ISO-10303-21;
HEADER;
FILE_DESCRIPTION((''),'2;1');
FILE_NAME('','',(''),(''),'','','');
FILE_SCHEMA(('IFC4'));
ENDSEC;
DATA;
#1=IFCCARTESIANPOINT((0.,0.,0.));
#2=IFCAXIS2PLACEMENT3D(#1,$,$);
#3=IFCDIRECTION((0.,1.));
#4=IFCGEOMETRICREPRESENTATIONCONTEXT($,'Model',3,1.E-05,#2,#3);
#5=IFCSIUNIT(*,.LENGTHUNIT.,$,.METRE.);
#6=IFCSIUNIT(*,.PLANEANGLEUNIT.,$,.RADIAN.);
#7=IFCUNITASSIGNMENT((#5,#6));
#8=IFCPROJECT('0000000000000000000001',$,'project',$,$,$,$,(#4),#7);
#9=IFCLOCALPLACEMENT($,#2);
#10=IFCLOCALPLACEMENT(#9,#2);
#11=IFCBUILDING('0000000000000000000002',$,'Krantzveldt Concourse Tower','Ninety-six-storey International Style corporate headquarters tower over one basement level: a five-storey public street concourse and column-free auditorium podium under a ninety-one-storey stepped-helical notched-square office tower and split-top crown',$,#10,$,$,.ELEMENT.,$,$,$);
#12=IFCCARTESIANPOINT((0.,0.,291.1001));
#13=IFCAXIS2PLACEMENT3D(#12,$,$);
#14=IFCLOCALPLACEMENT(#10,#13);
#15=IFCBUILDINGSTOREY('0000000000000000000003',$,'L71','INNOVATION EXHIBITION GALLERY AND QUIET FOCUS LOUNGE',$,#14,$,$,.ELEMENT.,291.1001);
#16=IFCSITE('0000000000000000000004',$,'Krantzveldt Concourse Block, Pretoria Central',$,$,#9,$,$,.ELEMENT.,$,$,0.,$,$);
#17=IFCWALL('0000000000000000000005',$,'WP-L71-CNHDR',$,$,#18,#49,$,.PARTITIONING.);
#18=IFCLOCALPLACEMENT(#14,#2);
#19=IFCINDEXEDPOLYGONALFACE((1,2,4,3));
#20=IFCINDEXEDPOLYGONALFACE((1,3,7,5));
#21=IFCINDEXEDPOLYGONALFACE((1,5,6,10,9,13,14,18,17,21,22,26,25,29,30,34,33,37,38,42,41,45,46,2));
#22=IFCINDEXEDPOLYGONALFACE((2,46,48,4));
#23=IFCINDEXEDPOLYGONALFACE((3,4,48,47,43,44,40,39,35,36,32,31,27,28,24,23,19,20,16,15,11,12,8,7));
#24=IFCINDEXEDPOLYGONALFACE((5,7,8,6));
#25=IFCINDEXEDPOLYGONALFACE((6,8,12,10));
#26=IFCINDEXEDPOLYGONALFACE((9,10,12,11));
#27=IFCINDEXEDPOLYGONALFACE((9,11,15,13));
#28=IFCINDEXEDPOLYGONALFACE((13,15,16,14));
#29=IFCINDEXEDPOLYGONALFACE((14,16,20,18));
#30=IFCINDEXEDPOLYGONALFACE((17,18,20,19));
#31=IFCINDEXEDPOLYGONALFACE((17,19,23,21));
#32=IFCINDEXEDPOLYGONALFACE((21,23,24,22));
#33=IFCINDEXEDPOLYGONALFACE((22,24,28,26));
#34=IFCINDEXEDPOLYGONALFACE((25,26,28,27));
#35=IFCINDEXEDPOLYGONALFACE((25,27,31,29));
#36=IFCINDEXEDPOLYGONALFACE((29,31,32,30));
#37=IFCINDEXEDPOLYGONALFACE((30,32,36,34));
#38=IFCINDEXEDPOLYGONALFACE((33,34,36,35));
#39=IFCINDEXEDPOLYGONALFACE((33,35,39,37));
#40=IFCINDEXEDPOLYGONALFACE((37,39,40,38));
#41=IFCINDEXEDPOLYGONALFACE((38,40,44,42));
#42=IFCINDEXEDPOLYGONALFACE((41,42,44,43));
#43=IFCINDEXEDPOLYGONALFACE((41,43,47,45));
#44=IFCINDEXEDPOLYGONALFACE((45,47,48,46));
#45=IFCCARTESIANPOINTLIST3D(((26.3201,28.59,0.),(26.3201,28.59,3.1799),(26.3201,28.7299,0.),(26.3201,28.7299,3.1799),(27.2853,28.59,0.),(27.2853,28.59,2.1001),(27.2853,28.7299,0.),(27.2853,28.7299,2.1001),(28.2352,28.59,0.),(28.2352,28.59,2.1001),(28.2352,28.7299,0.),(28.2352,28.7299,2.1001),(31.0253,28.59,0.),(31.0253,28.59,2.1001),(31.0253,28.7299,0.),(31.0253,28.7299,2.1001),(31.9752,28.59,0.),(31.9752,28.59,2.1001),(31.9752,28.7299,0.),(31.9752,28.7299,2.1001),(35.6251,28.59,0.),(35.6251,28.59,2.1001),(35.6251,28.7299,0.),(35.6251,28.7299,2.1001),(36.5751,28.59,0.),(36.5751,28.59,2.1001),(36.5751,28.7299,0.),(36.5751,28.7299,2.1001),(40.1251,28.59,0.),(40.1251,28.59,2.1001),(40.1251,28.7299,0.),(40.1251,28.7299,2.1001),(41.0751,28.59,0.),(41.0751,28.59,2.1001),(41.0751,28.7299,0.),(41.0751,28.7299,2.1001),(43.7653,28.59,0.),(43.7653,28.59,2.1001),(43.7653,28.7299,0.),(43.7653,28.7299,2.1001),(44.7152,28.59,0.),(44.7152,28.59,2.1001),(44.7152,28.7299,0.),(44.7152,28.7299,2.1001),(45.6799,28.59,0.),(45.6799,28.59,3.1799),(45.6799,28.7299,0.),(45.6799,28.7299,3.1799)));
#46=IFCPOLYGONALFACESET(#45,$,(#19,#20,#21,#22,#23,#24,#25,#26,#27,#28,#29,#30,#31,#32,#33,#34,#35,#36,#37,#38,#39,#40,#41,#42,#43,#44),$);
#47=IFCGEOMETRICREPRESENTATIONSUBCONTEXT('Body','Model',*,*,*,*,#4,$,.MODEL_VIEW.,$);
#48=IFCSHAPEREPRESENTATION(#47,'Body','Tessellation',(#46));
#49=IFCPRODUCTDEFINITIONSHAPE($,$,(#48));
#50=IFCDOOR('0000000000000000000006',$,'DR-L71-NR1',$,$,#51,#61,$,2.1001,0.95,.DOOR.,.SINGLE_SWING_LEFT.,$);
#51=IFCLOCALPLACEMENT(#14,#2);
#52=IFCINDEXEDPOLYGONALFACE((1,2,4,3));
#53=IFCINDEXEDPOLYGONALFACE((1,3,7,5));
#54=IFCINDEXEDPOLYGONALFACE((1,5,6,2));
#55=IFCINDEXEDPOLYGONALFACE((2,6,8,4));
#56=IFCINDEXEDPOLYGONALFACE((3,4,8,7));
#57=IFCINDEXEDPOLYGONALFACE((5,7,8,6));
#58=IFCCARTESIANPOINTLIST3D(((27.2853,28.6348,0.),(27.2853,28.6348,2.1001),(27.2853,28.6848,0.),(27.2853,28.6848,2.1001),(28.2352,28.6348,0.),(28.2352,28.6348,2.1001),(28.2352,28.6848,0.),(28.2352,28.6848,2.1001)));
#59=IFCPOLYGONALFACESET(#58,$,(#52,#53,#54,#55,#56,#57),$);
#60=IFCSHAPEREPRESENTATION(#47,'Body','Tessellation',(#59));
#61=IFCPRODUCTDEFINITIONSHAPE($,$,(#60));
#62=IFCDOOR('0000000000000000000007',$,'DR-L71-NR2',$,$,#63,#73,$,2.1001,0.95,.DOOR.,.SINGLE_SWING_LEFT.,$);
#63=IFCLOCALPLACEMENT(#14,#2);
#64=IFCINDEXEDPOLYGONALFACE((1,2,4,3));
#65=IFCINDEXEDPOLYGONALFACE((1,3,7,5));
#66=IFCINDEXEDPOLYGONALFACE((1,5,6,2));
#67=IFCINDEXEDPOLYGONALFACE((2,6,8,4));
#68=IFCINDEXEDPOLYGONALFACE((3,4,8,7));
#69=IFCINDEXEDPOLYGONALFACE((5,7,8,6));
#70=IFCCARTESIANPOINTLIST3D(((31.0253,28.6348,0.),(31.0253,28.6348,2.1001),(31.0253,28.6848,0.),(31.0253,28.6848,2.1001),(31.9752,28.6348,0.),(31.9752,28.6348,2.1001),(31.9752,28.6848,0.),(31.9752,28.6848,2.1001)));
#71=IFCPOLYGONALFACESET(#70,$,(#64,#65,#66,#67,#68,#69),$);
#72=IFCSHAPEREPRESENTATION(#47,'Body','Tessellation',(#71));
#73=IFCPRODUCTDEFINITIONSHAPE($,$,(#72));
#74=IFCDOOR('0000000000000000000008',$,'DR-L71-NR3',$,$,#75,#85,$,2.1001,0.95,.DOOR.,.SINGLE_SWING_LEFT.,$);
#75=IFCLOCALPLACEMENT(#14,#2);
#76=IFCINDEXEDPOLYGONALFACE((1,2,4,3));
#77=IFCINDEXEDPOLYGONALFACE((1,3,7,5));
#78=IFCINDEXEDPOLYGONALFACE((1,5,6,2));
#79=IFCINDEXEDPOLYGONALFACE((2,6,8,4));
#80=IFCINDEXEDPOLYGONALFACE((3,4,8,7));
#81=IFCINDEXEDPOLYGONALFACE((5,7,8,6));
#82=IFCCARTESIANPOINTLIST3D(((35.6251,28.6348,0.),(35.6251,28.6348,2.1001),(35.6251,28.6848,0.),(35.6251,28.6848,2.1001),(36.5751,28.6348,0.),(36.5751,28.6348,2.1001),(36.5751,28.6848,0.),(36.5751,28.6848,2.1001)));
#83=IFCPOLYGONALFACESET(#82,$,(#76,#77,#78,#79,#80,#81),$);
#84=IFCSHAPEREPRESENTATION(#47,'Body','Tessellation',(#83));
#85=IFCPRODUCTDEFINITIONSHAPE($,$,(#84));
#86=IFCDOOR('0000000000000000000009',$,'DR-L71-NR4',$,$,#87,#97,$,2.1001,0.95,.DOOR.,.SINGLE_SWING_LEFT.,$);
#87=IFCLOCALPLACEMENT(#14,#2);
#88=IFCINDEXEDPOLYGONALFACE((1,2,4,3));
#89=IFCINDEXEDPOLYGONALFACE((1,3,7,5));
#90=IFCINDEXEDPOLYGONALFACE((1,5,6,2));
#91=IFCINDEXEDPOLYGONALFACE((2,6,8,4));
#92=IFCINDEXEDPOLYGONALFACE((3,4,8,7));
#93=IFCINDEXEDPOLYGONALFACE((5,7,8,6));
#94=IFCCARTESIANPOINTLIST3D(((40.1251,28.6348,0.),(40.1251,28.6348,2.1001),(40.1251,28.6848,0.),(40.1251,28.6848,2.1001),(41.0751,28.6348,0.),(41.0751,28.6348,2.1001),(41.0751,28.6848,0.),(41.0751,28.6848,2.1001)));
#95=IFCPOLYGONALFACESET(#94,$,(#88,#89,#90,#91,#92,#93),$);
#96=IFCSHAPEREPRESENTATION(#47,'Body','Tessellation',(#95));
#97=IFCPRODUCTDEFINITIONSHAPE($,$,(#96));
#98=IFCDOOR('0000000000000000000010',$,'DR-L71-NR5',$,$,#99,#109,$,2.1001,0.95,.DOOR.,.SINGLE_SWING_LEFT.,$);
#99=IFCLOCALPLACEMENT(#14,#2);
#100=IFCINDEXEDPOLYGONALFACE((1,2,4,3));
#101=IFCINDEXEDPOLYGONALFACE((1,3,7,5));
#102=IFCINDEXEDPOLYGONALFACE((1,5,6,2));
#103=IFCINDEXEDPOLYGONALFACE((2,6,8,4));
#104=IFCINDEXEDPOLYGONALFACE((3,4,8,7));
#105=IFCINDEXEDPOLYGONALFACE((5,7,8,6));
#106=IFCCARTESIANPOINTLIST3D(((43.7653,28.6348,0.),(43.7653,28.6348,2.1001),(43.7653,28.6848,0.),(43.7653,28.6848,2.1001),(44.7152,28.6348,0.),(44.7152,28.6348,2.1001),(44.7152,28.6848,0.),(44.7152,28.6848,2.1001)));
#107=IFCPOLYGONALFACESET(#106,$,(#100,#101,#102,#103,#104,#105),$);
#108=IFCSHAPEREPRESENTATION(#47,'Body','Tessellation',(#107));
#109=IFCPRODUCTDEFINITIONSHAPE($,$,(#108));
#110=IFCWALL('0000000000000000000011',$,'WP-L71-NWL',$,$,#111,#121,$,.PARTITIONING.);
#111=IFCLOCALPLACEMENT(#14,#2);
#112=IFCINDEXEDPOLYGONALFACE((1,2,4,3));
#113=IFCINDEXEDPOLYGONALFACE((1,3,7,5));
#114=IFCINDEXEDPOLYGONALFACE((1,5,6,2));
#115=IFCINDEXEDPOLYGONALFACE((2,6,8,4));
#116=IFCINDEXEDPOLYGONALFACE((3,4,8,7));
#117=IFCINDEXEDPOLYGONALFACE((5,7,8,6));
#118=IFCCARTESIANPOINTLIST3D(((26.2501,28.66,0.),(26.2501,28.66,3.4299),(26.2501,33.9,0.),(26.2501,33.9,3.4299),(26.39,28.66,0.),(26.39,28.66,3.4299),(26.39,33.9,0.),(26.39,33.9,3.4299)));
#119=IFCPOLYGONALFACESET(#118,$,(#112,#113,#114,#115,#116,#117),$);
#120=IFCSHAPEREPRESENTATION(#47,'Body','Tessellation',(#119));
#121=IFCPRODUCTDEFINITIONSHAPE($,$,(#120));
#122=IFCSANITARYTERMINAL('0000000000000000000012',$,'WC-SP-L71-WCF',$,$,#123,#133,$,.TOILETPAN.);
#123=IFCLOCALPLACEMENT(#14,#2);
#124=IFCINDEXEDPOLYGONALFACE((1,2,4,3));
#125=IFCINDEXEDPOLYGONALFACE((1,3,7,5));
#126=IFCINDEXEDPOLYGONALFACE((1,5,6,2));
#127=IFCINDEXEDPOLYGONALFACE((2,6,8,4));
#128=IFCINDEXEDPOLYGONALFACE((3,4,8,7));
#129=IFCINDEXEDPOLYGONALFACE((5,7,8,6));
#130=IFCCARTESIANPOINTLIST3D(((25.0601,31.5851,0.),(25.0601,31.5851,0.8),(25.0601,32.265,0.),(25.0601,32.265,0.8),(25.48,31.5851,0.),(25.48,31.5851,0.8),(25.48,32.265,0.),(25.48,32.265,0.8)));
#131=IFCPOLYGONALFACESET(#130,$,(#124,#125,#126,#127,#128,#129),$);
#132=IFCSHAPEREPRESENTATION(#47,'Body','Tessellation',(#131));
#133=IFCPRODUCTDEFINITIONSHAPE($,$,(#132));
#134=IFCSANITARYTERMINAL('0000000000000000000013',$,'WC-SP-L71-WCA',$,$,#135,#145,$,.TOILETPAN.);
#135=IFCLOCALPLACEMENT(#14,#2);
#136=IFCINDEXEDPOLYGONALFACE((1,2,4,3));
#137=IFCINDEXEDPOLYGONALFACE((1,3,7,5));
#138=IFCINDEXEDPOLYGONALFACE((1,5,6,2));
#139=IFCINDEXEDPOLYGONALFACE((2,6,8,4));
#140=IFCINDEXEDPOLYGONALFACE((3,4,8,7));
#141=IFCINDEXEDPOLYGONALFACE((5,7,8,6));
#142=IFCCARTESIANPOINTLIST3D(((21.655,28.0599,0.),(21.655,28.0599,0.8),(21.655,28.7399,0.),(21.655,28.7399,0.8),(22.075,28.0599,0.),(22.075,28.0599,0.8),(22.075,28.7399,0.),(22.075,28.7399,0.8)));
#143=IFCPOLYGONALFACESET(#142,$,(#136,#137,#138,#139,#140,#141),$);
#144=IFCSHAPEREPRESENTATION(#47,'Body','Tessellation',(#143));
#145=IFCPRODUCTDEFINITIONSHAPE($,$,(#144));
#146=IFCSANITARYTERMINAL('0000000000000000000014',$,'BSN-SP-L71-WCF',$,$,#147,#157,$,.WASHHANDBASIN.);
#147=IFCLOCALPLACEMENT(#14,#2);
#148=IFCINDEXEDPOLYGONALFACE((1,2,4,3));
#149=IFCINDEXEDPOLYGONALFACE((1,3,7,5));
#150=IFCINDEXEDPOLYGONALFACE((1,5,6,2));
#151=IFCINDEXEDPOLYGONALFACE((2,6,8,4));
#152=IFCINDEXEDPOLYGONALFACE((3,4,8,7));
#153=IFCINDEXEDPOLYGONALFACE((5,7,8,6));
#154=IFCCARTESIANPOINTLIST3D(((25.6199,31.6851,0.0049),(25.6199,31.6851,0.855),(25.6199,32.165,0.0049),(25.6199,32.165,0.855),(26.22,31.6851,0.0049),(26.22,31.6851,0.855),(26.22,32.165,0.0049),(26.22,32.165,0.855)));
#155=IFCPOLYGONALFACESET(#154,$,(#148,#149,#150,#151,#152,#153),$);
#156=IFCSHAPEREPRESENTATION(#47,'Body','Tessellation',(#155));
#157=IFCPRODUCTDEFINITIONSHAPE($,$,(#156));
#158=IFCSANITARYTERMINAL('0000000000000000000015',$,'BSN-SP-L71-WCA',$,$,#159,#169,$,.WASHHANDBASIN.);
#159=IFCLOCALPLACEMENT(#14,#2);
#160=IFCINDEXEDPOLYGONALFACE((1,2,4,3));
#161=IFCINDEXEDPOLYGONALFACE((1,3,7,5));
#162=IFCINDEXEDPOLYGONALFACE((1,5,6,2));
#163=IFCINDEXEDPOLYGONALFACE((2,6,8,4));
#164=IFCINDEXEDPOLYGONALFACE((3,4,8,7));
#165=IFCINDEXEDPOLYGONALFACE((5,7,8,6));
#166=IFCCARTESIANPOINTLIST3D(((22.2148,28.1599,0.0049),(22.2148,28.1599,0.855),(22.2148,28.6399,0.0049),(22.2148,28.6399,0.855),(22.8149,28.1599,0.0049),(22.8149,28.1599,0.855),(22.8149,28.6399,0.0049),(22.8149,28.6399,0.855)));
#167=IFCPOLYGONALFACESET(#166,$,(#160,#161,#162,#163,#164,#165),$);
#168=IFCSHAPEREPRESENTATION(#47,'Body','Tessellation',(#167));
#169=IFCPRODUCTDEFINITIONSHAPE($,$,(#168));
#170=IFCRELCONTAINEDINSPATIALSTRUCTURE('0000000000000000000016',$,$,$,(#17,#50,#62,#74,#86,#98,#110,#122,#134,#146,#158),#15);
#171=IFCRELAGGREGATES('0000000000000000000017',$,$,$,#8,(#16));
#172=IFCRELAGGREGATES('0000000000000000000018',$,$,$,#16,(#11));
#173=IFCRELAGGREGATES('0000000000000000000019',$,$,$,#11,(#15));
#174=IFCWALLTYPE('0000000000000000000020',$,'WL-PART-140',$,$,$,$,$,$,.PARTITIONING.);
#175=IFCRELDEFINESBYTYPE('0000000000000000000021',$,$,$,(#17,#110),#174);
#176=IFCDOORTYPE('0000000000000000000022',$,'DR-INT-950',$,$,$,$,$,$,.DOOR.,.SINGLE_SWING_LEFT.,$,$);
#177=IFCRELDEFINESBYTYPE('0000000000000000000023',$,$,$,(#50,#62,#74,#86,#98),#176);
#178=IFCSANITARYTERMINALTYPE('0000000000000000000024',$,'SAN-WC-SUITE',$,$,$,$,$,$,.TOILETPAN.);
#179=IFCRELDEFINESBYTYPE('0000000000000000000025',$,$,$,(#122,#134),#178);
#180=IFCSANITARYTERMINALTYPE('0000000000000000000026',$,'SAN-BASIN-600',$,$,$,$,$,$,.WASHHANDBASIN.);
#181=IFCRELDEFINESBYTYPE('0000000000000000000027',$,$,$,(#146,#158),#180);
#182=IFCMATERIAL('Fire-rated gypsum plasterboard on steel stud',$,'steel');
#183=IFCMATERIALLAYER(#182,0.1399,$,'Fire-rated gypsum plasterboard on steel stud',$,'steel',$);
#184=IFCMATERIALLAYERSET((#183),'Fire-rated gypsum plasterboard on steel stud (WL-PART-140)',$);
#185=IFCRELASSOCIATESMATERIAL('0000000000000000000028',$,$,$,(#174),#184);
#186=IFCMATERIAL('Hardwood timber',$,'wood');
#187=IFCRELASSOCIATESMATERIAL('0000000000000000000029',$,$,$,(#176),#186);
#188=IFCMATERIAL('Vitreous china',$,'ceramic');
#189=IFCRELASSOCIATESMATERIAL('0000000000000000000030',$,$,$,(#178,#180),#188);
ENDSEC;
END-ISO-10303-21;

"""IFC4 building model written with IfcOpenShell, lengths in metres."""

from ifc_helpers import new_model, si_unit, direction, frame, frame_2d, origin, origin_2d, place, context, subcontext, project, spatial, rectangle, extrude, source, transform, mapped, material, layer, layer_set, type_object, type_shapes, element, fill, save


model = new_model("IFC4")

# Units and contexts
model_context = context("Model", 3, precision=1e-05, world=origin(), true_north=direction((0.0, 1.0)))
body_context = subcontext(model_context, "Body", "Model", "MODEL_VIEW")
ifc_project = project(units=[si_unit("LENGTHUNIT", "METRE"), si_unit("PLANEANGLEUNIT", "RADIAN")], contexts=[model_context])

# Site, building, storey
site_placement = place(None, origin())
site = spatial("IfcSite", under=ifc_project, at=site_placement, Name="Krantzveldt Concourse Block, Pretoria Central", CompositionType="ELEMENT", RefElevation=0.0)
building_placement = place(site_placement, origin())
building = spatial("IfcBuilding", under=site, at=building_placement, Name="Krantzveldt Concourse Tower", Description="Ninety-six-storey International Style corporate headquarters tower over one basement level: a five-storey public street concourse and column-free auditorium podium under a ninety-one-storey stepped-helical notched-square office tower and split-top crown", CompositionType="ELEMENT")
storey_placement = place(building_placement, frame((0.0, 0.0, 291.1001)))
storey = spatial("IfcBuildingStorey", under=building, at=storey_placement, Name="L71", Description="INNOVATION EXHIBITION GALLERY AND QUIET FOCUS LOUNGE", CompositionType="ELEMENT", Elevation=291.1001)

# Shared definitions
ifc_material_1 = material(Name="Fire-rated gypsum plasterboard on steel stud", Category="steel")
ifc_material_2 = material(Name="Hardwood timber", Category="wood")

# Wall, openings, doors
ifc_layer_1 = layer(ifc_material_1, 0.1399, Name="Fire-rated gypsum plasterboard on steel stud", Category="steel")
ifc_layer_set_1 = layer_set([ifc_layer_1], Name="Fire-rated gypsum plasterboard on steel stud (WL-PART-140)")
wall_type_1 = type_object("IfcWallType", Name="WL-PART-140", PredefinedType="PARTITIONING", material=ifc_layer_set_1)
wall_1_placement = place(storey_placement, frame((26.3201, 28.6599, 0.0), z_axis=(0.0, 0.0, 1.0), x_axis=(1.0, 0.0, 0.0)))
wall_1 = element("IfcWall", 1, at=wall_1_placement, inside=storey, type_object=wall_type_1, Name="WP-L71-CNHDR", PredefinedType="PARTITIONING", context=body_context, shape_type="SweptSolid", body=[
    extrude(rectangle(XDim=19.3599, YDim=0.1399, at=frame_2d((9.6799, 0.0))), origin(), (0.0, 0.0, 1.0), 3.1799),
])
opening_1_placement = place(wall_1_placement, frame((0.9651, 0.0, 0.0)))
opening_1 = element("IfcOpeningElement", 2, at=opening_1_placement, cuts=wall_1, PredefinedType="OPENING", context=body_context, shape_type="SweptSolid", body=[
    extrude(rectangle(XDim=0.95, YDim=2.1001, at=frame_2d((0.4751, 1.05))), frame((0.0, 0.0801, 0.0), z_axis=(0.0, -1.0, 0.0), x_axis=(1.0, 0.0, 0.0)), (0.0, 0.0, 1.0), 0.1599),
])
opening_2_placement = place(wall_1_placement, frame((4.7051, 0.0, 0.0)))
opening_2 = element("IfcOpeningElement", 3, at=opening_2_placement, cuts=wall_1, PredefinedType="OPENING", context=body_context, shape_type="SweptSolid", body=[
    extrude(rectangle(XDim=0.95, YDim=2.1001, at=frame_2d((0.4751, 1.05))), frame((0.0, 0.0801, 0.0), z_axis=(0.0, -1.0, 0.0), x_axis=(1.0, 0.0, 0.0)), (0.0, 0.0, 1.0), 0.1599),
])
opening_3_placement = place(wall_1_placement, frame((9.3049, 0.0, 0.0)))
opening_3 = element("IfcOpeningElement", 4, at=opening_3_placement, cuts=wall_1, PredefinedType="OPENING", context=body_context, shape_type="SweptSolid", body=[
    extrude(rectangle(XDim=0.95, YDim=2.1001, at=frame_2d((0.4751, 1.05))), frame((0.0, 0.0801, 0.0), z_axis=(0.0, -1.0, 0.0), x_axis=(1.0, 0.0, 0.0)), (0.0, 0.0, 1.0), 0.1599),
])
opening_4_placement = place(wall_1_placement, frame((13.8049, 0.0, 0.0)))
opening_4 = element("IfcOpeningElement", 5, at=opening_4_placement, cuts=wall_1, PredefinedType="OPENING", context=body_context, shape_type="SweptSolid", body=[
    extrude(rectangle(XDim=0.95, YDim=2.1001, at=frame_2d((0.4751, 1.05))), frame((0.0, 0.0801, 0.0), z_axis=(0.0, -1.0, 0.0), x_axis=(1.0, 0.0, 0.0)), (0.0, 0.0, 1.0), 0.1599),
])
opening_5_placement = place(wall_1_placement, frame((17.4451, 0.0, 0.0)))
opening_5 = element("IfcOpeningElement", 6, at=opening_5_placement, cuts=wall_1, PredefinedType="OPENING", context=body_context, shape_type="SweptSolid", body=[
    extrude(rectangle(XDim=0.95, YDim=2.1001, at=frame_2d((0.4751, 1.05))), frame((0.0, 0.0801, 0.0), z_axis=(0.0, -1.0, 0.0), x_axis=(1.0, 0.0, 0.0)), (0.0, 0.0, 1.0), 0.1599),
])
door_type_1 = type_object("IfcDoorType", Name="DR-INT-950", OperationType="SINGLE_SWING_LEFT", PredefinedType="DOOR", material=ifc_material_2)
door_1_placement = place(opening_1_placement, origin())
door_1 = element("IfcDoor", 7, at=door_1_placement, inside=storey, type_object=door_type_1, Name="DR-L71-NR1", OperationType="SINGLE_SWING_LEFT", OverallHeight=2.1001, OverallWidth=0.95, PredefinedType="DOOR", context=body_context, shape_type="SweptSolid", body=[
    extrude(rectangle(XDim=0.95, YDim=2.1001, at=frame_2d((0.4751, 1.05))), frame((0.0, 0.0249, 0.0), z_axis=(0.0, -1.0, 0.0), x_axis=(1.0, 0.0, 0.0)), (0.0, 0.0, 1.0), 0.05),
])
fill(opening_1, door_1)
door_2_placement = place(opening_2_placement, origin())
door_2 = element("IfcDoor", 8, at=door_2_placement, inside=storey, type_object=door_type_1, Name="DR-L71-NR2", OperationType="SINGLE_SWING_LEFT", OverallHeight=2.1001, OverallWidth=0.95, PredefinedType="DOOR", context=body_context, shape_type="SweptSolid", body=[
    extrude(rectangle(XDim=0.95, YDim=2.1001, at=frame_2d((0.4751, 1.05))), frame((0.0, 0.0249, 0.0), z_axis=(0.0, -1.0, 0.0), x_axis=(1.0, 0.0, 0.0)), (0.0, 0.0, 1.0), 0.05),
])
fill(opening_2, door_2)
door_3_placement = place(opening_3_placement, origin())
door_3 = element("IfcDoor", 9, at=door_3_placement, inside=storey, type_object=door_type_1, Name="DR-L71-NR3", OperationType="SINGLE_SWING_LEFT", OverallHeight=2.1001, OverallWidth=0.95, PredefinedType="DOOR", context=body_context, shape_type="SweptSolid", body=[
    extrude(rectangle(XDim=0.95, YDim=2.1001, at=frame_2d((0.4751, 1.05))), frame((0.0, 0.0249, 0.0), z_axis=(0.0, -1.0, 0.0), x_axis=(1.0, 0.0, 0.0)), (0.0, 0.0, 1.0), 0.05),
])
fill(opening_3, door_3)
door_4_placement = place(opening_4_placement, origin())
door_4 = element("IfcDoor", 10, at=door_4_placement, inside=storey, type_object=door_type_1, Name="DR-L71-NR4", OperationType="SINGLE_SWING_LEFT", OverallHeight=2.1001, OverallWidth=0.95, PredefinedType="DOOR", context=body_context, shape_type="SweptSolid", body=[
    extrude(rectangle(XDim=0.95, YDim=2.1001, at=frame_2d((0.4751, 1.05))), frame((0.0, 0.0249, 0.0), z_axis=(0.0, -1.0, 0.0), x_axis=(1.0, 0.0, 0.0)), (0.0, 0.0, 1.0), 0.05),
])
fill(opening_4, door_4)
door_5_placement = place(opening_5_placement, origin())
door_5 = element("IfcDoor", 11, at=door_5_placement, inside=storey, type_object=door_type_1, Name="DR-L71-NR5", OperationType="SINGLE_SWING_LEFT", OverallHeight=2.1001, OverallWidth=0.95, PredefinedType="DOOR", context=body_context, shape_type="SweptSolid", body=[
    extrude(rectangle(XDim=0.95, YDim=2.1001, at=frame_2d((0.4751, 1.05))), frame((0.0, 0.0249, 0.0), z_axis=(0.0, -1.0, 0.0), x_axis=(1.0, 0.0, 0.0)), (0.0, 0.0, 1.0), 0.05),
])
fill(opening_5, door_5)

# Wall
wall_2_placement = place(storey_placement, frame((26.3201, 28.6599, 0.0), z_axis=(0.0, 0.0, 1.0), x_axis=(0.0, 1.0, 0.0)))
element("IfcWall", 12, at=wall_2_placement, inside=storey, type_object=wall_type_1, Name="WP-L71-NWL", PredefinedType="PARTITIONING", context=body_context, shape_type="SweptSolid", body=[
    extrude(rectangle(XDim=5.24, YDim=0.1399, at=frame_2d((2.6201, 0.0))), origin(), (0.0, 0.0, 1.0), 3.4299),
])

# Sanitary terminals
ifc_material_3 = material(Name="Vitreous china", Category="ceramic")
sanitary_terminal_type_1 = type_object("IfcSanitaryTerminalType", Name="SAN-WC-SUITE", PredefinedType="TOILETPAN", material=ifc_material_3)
shared_shape_1 = source(origin(), body_context, "Body", "SweptSolid", [
    extrude(rectangle(XDim=0.4199, YDim=0.6799, at=origin_2d()), origin(), (0.0, 0.0, 1.0), 0.8),
])
type_shapes(sanitary_terminal_type_1, [shared_shape_1])
for number, where, z_axis, x_axis, name in (
    (13, (25.27, 31.925, 0.0), (0.0, 0.0, 1.0), (1.0, 0.0, 0.0), "WC-SP-L71-WCF"),
    (14, (21.865, 28.3999, 0.0), (0.0, 0.0, 1.0), (1.0, 0.0, 0.0), "WC-SP-L71-WCA"),
):
    element("IfcSanitaryTerminal", number, at=place(storey_placement, frame(where, z_axis=z_axis, x_axis=x_axis)), inside=storey, type_object=sanitary_terminal_type_1, Name=name, PredefinedType="TOILETPAN", context=body_context, shape_type="MappedRepresentation", body=[
        mapped(shared_shape_1, transform((0.0, 0.0, 0.0), x_axis=(1.0, 0.0, 0.0), y_axis=(0.0, 1.0, 0.0), z_axis=(0.0, 0.0, 1.0), scale=1.0)),
    ])
sanitary_terminal_type_2 = type_object("IfcSanitaryTerminalType", Name="SAN-BASIN-600", PredefinedType="WASHHANDBASIN", material=ifc_material_3)
shared_shape_2 = source(origin(), body_context, "Body", "SweptSolid", [
    extrude(rectangle(XDim=0.6001, YDim=0.48, at=origin_2d()), origin(), (0.0, 0.0, 1.0), 0.8501),
])
type_shapes(sanitary_terminal_type_2, [shared_shape_2])
for number, where, z_axis, x_axis, name in (
    (15, (25.9199, 31.925, 0.0049), (0.0, 0.0, 1.0), (1.0, 0.0, 0.0), "BSN-SP-L71-WCF"),
    (16, (22.5149, 28.3999, 0.0049), (0.0, 0.0, 1.0), (1.0, 0.0, 0.0), "BSN-SP-L71-WCA"),
):
    element("IfcSanitaryTerminal", number, at=place(storey_placement, frame(where, z_axis=z_axis, x_axis=x_axis)), inside=storey, type_object=sanitary_terminal_type_2, Name=name, PredefinedType="WASHHANDBASIN", context=body_context, shape_type="MappedRepresentation", body=[
        mapped(shared_shape_2, transform((0.0, 0.0, 0.0), x_axis=(1.0, 0.0, 0.0), y_axis=(0.0, 1.0, 0.0), z_axis=(0.0, 0.0, 1.0), scale=1.0)),
    ])

save(model, "model.ifc")
